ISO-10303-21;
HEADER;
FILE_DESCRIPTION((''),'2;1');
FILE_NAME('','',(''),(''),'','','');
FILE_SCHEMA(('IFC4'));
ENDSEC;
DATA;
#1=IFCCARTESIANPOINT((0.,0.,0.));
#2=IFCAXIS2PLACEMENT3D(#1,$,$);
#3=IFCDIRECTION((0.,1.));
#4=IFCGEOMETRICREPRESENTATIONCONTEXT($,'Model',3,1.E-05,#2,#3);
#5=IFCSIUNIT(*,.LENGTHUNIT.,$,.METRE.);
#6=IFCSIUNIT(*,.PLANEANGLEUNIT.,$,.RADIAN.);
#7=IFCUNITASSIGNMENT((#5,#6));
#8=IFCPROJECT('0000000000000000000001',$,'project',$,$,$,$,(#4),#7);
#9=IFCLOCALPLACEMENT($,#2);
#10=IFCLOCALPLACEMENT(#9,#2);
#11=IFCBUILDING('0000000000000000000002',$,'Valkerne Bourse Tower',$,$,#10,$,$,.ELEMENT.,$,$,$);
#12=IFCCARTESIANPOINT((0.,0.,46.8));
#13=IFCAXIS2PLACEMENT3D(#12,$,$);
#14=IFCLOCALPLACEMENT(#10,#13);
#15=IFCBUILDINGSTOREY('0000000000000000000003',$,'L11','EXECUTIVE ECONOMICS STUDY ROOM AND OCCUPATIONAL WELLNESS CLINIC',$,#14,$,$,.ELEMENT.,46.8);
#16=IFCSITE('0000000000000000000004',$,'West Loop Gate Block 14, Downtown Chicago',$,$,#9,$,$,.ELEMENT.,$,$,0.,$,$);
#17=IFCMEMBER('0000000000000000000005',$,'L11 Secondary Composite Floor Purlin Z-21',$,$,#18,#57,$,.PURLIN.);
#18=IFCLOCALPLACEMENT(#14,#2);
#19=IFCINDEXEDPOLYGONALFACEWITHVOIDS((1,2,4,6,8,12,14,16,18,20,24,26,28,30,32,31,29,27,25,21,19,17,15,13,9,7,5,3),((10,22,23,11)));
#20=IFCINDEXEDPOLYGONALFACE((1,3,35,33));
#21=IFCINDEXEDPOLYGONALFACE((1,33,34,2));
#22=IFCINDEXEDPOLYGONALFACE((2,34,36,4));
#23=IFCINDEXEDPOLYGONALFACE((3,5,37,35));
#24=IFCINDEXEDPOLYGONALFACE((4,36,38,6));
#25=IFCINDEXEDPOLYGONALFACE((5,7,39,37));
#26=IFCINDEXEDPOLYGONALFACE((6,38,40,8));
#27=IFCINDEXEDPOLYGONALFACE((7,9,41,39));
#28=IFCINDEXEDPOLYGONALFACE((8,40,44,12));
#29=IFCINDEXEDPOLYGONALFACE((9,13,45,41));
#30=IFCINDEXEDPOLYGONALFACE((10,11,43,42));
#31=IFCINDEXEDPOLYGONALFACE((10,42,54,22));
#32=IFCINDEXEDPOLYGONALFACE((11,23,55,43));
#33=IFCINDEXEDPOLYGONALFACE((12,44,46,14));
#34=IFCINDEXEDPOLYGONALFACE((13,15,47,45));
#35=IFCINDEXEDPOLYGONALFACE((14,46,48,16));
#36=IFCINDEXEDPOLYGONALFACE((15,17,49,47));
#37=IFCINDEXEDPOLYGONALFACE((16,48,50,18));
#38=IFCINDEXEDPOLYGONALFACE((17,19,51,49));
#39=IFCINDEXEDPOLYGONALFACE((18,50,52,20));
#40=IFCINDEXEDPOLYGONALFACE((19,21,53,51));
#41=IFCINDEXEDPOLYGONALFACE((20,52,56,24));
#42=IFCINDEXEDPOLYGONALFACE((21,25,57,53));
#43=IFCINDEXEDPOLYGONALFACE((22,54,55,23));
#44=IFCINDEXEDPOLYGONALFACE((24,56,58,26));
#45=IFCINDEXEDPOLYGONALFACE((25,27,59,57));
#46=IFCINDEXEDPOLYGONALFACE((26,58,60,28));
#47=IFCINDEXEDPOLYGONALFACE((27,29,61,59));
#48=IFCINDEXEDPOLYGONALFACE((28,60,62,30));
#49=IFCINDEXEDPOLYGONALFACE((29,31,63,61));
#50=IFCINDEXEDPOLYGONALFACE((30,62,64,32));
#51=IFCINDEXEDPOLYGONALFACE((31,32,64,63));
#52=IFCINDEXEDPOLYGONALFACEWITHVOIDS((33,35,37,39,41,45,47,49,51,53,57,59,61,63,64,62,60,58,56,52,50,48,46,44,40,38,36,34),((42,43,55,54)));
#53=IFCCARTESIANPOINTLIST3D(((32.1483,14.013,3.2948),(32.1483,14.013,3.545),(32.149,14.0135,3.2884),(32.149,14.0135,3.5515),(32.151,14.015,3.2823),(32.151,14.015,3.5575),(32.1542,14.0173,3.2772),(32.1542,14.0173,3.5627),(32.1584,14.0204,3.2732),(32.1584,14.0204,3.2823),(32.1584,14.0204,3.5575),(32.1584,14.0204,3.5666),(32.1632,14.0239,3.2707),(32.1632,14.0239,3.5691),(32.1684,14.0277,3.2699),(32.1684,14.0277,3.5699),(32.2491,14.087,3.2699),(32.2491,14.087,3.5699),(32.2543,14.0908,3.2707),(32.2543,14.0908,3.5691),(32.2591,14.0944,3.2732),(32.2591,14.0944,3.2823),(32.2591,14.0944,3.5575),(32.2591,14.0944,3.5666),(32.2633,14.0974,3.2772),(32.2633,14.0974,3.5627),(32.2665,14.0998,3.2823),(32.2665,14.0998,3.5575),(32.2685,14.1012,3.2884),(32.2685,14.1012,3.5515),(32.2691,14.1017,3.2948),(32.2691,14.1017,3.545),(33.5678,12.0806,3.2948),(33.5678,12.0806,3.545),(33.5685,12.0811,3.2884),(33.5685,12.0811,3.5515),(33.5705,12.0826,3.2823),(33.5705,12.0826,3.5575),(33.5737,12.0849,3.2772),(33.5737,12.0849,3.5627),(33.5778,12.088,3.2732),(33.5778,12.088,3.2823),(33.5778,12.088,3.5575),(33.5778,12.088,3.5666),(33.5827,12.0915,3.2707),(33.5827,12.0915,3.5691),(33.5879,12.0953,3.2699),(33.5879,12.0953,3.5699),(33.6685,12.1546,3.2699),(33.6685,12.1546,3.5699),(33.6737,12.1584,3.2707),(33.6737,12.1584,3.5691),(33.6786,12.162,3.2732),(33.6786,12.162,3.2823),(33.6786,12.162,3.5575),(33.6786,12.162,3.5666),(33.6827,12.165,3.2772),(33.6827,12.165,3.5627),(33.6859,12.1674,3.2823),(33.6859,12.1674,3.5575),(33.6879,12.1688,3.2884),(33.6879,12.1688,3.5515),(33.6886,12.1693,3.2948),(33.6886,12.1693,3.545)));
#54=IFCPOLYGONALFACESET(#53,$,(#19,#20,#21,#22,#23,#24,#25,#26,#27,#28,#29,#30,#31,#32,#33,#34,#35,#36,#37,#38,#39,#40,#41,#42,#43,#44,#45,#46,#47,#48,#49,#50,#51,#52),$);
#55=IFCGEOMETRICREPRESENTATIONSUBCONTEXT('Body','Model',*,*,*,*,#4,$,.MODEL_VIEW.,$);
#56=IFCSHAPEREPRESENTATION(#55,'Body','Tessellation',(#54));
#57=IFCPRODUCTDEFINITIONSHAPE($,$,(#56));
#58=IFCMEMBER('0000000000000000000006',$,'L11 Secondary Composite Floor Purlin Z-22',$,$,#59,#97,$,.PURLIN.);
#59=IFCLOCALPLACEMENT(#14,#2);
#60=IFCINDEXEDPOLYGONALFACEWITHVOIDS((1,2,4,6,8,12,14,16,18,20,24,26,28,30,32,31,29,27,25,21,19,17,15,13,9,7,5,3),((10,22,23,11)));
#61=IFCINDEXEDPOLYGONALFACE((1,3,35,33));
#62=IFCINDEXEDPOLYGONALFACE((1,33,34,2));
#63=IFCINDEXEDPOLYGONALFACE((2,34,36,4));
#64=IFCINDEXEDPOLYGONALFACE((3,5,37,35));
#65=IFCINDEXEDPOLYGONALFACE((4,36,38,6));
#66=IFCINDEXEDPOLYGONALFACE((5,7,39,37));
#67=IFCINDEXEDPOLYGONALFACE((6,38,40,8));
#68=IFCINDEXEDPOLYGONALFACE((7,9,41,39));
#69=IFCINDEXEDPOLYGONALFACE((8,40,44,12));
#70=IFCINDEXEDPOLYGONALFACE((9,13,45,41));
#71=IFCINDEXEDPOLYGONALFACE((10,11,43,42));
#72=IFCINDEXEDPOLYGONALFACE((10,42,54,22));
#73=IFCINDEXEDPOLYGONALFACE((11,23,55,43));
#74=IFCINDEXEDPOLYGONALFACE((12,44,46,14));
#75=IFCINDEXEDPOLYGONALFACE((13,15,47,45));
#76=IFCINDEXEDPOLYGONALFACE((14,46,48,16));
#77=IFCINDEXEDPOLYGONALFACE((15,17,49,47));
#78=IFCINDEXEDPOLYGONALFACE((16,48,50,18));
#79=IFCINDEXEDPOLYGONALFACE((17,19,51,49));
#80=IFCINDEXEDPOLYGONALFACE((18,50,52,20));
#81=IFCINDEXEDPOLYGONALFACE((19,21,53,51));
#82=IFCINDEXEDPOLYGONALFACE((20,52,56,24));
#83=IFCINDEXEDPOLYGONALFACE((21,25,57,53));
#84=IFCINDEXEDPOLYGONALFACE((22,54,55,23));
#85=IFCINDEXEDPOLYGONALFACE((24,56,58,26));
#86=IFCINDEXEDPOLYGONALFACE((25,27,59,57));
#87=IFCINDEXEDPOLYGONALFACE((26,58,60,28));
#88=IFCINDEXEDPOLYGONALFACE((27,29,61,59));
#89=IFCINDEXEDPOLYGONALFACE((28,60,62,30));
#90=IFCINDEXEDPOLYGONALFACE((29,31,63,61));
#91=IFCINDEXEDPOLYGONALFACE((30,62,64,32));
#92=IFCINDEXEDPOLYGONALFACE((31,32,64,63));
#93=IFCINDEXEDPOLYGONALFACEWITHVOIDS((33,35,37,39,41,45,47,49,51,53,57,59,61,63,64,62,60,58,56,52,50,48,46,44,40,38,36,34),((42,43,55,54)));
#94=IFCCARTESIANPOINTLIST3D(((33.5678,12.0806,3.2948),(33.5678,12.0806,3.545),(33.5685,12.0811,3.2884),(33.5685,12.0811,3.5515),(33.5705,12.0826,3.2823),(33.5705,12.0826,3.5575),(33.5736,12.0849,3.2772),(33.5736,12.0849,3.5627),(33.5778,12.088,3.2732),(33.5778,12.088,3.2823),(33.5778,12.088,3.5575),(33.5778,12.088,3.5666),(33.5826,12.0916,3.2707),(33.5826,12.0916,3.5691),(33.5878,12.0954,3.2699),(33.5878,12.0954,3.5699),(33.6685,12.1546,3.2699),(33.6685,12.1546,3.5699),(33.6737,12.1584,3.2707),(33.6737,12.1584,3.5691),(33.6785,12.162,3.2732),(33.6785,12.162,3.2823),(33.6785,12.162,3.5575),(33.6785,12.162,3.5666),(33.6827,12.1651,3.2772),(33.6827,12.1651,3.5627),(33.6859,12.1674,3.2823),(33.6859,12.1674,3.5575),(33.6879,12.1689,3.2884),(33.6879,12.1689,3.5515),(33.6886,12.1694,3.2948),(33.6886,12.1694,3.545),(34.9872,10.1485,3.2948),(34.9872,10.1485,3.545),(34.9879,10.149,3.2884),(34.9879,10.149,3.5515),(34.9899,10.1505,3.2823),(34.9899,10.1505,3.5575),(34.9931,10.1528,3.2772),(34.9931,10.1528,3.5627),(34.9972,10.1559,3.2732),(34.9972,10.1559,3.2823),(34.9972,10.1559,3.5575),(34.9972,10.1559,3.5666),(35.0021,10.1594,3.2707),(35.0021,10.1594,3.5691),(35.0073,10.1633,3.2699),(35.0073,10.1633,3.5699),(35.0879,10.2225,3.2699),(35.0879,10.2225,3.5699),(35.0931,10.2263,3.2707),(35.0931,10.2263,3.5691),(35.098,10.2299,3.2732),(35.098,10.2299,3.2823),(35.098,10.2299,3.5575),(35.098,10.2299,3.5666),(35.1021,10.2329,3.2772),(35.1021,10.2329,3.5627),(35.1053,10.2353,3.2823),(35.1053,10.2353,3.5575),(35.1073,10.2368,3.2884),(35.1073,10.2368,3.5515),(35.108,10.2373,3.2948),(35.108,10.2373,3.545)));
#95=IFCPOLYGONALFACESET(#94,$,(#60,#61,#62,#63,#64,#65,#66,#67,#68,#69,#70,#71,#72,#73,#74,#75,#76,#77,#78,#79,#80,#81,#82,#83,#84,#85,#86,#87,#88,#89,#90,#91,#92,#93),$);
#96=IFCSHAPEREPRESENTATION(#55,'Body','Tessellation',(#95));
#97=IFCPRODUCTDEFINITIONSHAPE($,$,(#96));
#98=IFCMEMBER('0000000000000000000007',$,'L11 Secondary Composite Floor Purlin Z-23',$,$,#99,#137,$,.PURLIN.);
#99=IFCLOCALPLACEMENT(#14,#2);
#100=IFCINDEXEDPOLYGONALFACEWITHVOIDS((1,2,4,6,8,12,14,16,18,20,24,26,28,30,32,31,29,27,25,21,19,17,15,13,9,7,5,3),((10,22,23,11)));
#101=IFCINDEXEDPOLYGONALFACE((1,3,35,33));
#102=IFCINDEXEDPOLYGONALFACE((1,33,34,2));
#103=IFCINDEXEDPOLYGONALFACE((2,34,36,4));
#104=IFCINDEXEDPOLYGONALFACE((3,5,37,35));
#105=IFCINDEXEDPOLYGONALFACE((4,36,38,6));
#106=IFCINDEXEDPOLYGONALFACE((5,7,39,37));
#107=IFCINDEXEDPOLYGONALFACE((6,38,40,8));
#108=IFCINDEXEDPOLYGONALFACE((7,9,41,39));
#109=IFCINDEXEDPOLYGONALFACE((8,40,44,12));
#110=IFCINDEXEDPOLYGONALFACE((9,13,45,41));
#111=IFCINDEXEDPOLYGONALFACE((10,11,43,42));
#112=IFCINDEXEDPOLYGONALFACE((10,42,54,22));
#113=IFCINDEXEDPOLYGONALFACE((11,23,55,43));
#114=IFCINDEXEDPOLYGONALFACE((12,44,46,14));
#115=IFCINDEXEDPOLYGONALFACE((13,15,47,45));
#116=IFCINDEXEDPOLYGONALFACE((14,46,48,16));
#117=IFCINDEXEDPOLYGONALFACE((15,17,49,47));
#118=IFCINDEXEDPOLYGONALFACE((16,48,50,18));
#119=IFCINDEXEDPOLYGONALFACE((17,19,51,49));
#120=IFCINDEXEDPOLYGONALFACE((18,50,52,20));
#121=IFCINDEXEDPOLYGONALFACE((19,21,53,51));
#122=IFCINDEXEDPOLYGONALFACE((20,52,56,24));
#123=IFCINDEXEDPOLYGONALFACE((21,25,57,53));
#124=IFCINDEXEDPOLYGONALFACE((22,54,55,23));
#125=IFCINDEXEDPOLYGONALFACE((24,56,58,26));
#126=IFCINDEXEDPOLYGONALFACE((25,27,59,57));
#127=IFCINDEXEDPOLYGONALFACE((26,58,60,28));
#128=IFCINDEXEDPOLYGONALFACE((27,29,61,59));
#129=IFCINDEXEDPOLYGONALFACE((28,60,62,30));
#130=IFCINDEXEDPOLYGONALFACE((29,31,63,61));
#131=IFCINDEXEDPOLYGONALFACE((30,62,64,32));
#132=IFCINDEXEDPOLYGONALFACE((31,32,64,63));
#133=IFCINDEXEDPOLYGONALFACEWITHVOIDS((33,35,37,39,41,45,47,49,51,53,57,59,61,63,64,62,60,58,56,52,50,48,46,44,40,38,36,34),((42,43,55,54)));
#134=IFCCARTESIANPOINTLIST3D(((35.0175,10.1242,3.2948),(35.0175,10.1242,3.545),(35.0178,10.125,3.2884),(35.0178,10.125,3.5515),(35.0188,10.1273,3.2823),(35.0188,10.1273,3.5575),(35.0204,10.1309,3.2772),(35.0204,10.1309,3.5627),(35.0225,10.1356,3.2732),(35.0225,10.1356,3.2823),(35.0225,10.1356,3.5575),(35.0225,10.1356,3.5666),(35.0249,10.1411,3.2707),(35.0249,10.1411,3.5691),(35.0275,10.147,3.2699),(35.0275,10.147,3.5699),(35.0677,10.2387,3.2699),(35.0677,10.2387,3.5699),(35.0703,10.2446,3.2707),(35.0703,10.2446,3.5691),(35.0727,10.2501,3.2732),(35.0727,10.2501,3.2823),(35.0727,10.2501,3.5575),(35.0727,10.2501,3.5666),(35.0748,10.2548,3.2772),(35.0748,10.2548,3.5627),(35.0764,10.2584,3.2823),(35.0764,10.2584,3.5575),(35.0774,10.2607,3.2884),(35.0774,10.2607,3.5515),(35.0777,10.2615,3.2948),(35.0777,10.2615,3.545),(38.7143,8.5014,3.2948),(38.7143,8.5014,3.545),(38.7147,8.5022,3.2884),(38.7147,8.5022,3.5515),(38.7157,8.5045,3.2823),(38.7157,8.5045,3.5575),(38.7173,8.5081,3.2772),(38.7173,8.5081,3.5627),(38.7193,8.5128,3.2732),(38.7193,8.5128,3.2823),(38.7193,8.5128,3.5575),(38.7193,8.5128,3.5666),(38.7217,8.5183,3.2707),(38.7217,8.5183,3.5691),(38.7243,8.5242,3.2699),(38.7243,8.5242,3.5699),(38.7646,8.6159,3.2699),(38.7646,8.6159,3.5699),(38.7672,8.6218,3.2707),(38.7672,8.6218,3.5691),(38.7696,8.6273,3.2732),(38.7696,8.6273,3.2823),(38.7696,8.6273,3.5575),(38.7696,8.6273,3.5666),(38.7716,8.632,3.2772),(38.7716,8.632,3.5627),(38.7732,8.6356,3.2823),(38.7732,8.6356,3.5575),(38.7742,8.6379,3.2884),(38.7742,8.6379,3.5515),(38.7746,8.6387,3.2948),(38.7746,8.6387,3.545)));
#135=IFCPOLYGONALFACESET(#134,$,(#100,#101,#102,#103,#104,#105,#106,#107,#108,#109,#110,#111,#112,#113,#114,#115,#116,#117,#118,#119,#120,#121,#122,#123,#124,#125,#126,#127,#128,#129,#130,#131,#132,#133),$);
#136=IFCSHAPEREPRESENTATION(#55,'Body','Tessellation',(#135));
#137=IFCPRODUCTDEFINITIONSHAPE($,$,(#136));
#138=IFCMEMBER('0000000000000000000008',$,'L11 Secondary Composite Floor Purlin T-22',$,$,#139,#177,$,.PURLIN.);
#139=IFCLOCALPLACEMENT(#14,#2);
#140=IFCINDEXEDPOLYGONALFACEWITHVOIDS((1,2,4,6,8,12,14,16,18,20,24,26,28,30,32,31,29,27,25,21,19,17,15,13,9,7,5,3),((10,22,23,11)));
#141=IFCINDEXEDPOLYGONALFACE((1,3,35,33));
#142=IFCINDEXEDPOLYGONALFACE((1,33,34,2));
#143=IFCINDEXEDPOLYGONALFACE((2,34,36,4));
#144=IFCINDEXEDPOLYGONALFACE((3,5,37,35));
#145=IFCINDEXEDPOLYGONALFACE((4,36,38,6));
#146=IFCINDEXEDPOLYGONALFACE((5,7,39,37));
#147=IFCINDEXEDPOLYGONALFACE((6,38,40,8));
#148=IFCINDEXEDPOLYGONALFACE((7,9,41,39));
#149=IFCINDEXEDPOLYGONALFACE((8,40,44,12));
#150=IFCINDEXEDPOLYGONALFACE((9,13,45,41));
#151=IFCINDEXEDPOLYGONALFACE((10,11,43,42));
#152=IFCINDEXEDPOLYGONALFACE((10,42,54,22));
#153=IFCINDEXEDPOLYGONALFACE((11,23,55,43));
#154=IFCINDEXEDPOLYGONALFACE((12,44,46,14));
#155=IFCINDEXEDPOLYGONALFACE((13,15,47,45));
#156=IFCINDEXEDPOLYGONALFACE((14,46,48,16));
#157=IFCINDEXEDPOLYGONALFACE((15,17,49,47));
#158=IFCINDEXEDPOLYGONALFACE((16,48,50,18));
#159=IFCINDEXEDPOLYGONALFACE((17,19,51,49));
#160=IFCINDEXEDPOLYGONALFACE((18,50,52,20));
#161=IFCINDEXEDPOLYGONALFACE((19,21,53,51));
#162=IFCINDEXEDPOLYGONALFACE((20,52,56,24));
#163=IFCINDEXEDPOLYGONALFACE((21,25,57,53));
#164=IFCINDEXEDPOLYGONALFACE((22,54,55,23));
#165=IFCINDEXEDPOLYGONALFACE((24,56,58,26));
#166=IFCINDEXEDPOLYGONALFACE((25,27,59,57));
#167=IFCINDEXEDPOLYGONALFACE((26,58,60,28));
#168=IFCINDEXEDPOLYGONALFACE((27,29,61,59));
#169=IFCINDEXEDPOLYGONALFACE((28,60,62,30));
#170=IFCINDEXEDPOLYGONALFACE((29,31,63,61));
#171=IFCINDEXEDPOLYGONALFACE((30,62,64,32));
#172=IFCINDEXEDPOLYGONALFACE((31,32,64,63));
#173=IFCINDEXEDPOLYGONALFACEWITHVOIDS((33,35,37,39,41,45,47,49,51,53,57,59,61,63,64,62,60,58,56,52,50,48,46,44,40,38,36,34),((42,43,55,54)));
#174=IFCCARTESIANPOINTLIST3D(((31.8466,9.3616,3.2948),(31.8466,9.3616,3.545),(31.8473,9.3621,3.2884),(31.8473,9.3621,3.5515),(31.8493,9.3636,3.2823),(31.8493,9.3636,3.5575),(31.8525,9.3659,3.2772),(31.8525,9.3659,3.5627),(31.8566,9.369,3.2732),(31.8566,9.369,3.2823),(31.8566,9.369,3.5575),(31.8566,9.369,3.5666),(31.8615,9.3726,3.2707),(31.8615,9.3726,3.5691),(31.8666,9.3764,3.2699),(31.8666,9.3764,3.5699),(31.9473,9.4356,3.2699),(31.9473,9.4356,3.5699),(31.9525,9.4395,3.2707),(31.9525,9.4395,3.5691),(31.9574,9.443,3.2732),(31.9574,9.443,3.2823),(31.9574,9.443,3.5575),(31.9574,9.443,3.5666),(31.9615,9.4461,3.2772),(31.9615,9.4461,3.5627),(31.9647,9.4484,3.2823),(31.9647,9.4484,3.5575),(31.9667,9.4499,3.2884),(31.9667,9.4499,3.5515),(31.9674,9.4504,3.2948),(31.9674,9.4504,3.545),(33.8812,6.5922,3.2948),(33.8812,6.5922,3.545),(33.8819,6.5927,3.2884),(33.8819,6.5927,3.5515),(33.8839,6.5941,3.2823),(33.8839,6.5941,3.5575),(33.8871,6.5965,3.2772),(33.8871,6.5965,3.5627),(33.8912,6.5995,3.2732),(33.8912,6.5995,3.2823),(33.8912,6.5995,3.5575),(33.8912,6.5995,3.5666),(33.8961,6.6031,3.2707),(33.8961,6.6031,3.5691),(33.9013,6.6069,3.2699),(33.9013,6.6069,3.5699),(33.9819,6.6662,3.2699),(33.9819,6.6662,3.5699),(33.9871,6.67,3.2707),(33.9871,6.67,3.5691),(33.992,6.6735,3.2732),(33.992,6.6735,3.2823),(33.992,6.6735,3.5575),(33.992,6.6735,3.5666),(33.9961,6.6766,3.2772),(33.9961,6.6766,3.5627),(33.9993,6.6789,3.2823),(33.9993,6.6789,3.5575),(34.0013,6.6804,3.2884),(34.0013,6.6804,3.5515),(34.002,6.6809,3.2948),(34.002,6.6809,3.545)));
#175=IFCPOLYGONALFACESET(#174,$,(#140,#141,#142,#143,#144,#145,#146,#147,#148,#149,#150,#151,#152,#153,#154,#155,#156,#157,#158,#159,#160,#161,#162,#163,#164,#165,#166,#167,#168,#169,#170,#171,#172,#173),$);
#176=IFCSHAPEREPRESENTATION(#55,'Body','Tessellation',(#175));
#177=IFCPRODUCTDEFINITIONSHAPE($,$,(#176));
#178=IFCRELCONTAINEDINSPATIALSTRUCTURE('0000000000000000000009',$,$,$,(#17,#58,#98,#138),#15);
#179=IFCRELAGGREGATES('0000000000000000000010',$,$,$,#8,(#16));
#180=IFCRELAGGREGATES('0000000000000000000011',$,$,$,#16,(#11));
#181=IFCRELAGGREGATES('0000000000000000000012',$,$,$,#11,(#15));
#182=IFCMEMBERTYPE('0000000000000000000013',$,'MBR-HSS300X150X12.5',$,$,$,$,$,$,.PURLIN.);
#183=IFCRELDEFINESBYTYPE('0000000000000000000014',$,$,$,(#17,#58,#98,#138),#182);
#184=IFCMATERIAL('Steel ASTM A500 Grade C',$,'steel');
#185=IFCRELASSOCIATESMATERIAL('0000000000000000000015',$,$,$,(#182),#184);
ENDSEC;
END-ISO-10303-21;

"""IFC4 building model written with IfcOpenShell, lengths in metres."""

from ifc_helpers import new_model, si_unit, direction, frame, origin, origin_2d, place, context, subcontext, project, spatial, hollow_rectangle, extrude, material, material_profile, profile_set, type_object, element, save


model = new_model("IFC4")

# Units and contexts
model_context = context("Model", 3, precision=1e-05, world=origin(), true_north=direction((0.0, 1.0)))
body_context = subcontext(model_context, "Body", "Model", "MODEL_VIEW")
ifc_project = project(units=[si_unit("LENGTHUNIT", "METRE"), si_unit("PLANEANGLEUNIT", "RADIAN")], contexts=[model_context])

# Site, building, storey
site_placement = place(None, origin())
site = spatial("IfcSite", under=ifc_project, at=site_placement, Name="West Loop Gate Block 14, Downtown Chicago", CompositionType="ELEMENT", RefElevation=0.0)
building_placement = place(site_placement, origin())
building = spatial("IfcBuilding", under=site, at=building_placement, Name="Valkerne Bourse Tower", CompositionType="ELEMENT")
storey_placement = place(building_placement, frame((0.0, 0.0, 46.8)))
storey = spatial("IfcBuildingStorey", under=building, at=storey_placement, Name="L11", Description="EXECUTIVE ECONOMICS STUDY ROOM AND OCCUPATIONAL WELLNESS CLINIC", CompositionType="ELEMENT", Elevation=46.8)

# Members
ifc_material_1 = material(Name="Steel ASTM A500 Grade C", Category="steel")
ifc_material_profile_1 = material_profile(ifc_material_1, hollow_rectangle(XDim=0.1499, YDim=0.3, WallThickness=0.0125, OuterFilletRadius=0.0249, at=origin_2d()), Name="HSS300X150X12.5")
ifc_profile_set_1 = profile_set([ifc_material_profile_1], Name="Steel ASTM A500 Grade C")
member_type_1 = type_object("IfcMemberType", Name="MBR-HSS300X150X12.5", PredefinedType="PURLIN", material=ifc_profile_set_1)
for number, where, z_axis, x_axis, name in (
    (1, (32.2087, 14.0574, 3.4199), (0.592004, -0.805935, 0.0), (0.805935, 0.592004, 0.0), "L11 Secondary Composite Floor Purlin Z-21"),
):
    element("IfcMember", number, at=place(storey_placement, frame(where, z_axis=z_axis, x_axis=x_axis)), inside=storey, type_object=member_type_1, Name=name, PredefinedType="PURLIN", context=body_context, shape_type="SweptSolid", body=[
        extrude(hollow_rectangle(XDim=0.1499, YDim=0.3, WallThickness=0.0125, OuterFilletRadius=0.0249, at=origin_2d()), origin(), (0.0, 0.0, 1.0), 2.3977),
    ])
member_1_placement = place(storey_placement, frame((33.6282, 12.125, 3.4199), z_axis=(0.592052, -0.8059, 0.0), x_axis=(0.8059, 0.592052, 0.0)))
element("IfcMember", 2, at=member_1_placement, inside=storey, type_object=member_type_1, Name="L11 Secondary Composite Floor Purlin Z-22", PredefinedType="PURLIN", context=body_context, shape_type="SweptSolid", body=[
    extrude(hollow_rectangle(XDim=0.1499, YDim=0.3, WallThickness=0.0125, OuterFilletRadius=0.0249, at=origin_2d()), origin(), (0.0, 0.0, 1.0), 2.3975),
])
member_2_placement = place(storey_placement, frame((35.0476, 10.1929, 3.4199), z_axis=(0.91566, -0.401954, 0.0), x_axis=(0.401954, 0.91566, 0.0)))
element("IfcMember", 3, at=member_2_placement, inside=storey, type_object=member_type_1, Name="L11 Secondary Composite Floor Purlin Z-23", PredefinedType="PURLIN", context=body_context, shape_type="SweptSolid", body=[
    extrude(hollow_rectangle(XDim=0.1499, YDim=0.3, WallThickness=0.0125, OuterFilletRadius=0.0249, at=origin_2d()), origin(), (0.0, 0.0, 1.0), 4.0374),
])
member_3_placement = place(storey_placement, frame((31.907, 9.406, 3.4199), z_axis=(0.592059, -0.805894, 0.0), x_axis=(0.805894, 0.592059, 0.0)))
element("IfcMember", 4, at=member_3_placement, inside=storey, type_object=member_type_1, Name="L11 Secondary Composite Floor Purlin T-22", PredefinedType="PURLIN", context=body_context, shape_type="SweptSolid", body=[
    extrude(hollow_rectangle(XDim=0.1499, YDim=0.3, WallThickness=0.0125, OuterFilletRadius=0.0249, at=origin_2d()), origin(), (0.0, 0.0, 1.0), 3.4365),
])

save(model, "model.ifc")
